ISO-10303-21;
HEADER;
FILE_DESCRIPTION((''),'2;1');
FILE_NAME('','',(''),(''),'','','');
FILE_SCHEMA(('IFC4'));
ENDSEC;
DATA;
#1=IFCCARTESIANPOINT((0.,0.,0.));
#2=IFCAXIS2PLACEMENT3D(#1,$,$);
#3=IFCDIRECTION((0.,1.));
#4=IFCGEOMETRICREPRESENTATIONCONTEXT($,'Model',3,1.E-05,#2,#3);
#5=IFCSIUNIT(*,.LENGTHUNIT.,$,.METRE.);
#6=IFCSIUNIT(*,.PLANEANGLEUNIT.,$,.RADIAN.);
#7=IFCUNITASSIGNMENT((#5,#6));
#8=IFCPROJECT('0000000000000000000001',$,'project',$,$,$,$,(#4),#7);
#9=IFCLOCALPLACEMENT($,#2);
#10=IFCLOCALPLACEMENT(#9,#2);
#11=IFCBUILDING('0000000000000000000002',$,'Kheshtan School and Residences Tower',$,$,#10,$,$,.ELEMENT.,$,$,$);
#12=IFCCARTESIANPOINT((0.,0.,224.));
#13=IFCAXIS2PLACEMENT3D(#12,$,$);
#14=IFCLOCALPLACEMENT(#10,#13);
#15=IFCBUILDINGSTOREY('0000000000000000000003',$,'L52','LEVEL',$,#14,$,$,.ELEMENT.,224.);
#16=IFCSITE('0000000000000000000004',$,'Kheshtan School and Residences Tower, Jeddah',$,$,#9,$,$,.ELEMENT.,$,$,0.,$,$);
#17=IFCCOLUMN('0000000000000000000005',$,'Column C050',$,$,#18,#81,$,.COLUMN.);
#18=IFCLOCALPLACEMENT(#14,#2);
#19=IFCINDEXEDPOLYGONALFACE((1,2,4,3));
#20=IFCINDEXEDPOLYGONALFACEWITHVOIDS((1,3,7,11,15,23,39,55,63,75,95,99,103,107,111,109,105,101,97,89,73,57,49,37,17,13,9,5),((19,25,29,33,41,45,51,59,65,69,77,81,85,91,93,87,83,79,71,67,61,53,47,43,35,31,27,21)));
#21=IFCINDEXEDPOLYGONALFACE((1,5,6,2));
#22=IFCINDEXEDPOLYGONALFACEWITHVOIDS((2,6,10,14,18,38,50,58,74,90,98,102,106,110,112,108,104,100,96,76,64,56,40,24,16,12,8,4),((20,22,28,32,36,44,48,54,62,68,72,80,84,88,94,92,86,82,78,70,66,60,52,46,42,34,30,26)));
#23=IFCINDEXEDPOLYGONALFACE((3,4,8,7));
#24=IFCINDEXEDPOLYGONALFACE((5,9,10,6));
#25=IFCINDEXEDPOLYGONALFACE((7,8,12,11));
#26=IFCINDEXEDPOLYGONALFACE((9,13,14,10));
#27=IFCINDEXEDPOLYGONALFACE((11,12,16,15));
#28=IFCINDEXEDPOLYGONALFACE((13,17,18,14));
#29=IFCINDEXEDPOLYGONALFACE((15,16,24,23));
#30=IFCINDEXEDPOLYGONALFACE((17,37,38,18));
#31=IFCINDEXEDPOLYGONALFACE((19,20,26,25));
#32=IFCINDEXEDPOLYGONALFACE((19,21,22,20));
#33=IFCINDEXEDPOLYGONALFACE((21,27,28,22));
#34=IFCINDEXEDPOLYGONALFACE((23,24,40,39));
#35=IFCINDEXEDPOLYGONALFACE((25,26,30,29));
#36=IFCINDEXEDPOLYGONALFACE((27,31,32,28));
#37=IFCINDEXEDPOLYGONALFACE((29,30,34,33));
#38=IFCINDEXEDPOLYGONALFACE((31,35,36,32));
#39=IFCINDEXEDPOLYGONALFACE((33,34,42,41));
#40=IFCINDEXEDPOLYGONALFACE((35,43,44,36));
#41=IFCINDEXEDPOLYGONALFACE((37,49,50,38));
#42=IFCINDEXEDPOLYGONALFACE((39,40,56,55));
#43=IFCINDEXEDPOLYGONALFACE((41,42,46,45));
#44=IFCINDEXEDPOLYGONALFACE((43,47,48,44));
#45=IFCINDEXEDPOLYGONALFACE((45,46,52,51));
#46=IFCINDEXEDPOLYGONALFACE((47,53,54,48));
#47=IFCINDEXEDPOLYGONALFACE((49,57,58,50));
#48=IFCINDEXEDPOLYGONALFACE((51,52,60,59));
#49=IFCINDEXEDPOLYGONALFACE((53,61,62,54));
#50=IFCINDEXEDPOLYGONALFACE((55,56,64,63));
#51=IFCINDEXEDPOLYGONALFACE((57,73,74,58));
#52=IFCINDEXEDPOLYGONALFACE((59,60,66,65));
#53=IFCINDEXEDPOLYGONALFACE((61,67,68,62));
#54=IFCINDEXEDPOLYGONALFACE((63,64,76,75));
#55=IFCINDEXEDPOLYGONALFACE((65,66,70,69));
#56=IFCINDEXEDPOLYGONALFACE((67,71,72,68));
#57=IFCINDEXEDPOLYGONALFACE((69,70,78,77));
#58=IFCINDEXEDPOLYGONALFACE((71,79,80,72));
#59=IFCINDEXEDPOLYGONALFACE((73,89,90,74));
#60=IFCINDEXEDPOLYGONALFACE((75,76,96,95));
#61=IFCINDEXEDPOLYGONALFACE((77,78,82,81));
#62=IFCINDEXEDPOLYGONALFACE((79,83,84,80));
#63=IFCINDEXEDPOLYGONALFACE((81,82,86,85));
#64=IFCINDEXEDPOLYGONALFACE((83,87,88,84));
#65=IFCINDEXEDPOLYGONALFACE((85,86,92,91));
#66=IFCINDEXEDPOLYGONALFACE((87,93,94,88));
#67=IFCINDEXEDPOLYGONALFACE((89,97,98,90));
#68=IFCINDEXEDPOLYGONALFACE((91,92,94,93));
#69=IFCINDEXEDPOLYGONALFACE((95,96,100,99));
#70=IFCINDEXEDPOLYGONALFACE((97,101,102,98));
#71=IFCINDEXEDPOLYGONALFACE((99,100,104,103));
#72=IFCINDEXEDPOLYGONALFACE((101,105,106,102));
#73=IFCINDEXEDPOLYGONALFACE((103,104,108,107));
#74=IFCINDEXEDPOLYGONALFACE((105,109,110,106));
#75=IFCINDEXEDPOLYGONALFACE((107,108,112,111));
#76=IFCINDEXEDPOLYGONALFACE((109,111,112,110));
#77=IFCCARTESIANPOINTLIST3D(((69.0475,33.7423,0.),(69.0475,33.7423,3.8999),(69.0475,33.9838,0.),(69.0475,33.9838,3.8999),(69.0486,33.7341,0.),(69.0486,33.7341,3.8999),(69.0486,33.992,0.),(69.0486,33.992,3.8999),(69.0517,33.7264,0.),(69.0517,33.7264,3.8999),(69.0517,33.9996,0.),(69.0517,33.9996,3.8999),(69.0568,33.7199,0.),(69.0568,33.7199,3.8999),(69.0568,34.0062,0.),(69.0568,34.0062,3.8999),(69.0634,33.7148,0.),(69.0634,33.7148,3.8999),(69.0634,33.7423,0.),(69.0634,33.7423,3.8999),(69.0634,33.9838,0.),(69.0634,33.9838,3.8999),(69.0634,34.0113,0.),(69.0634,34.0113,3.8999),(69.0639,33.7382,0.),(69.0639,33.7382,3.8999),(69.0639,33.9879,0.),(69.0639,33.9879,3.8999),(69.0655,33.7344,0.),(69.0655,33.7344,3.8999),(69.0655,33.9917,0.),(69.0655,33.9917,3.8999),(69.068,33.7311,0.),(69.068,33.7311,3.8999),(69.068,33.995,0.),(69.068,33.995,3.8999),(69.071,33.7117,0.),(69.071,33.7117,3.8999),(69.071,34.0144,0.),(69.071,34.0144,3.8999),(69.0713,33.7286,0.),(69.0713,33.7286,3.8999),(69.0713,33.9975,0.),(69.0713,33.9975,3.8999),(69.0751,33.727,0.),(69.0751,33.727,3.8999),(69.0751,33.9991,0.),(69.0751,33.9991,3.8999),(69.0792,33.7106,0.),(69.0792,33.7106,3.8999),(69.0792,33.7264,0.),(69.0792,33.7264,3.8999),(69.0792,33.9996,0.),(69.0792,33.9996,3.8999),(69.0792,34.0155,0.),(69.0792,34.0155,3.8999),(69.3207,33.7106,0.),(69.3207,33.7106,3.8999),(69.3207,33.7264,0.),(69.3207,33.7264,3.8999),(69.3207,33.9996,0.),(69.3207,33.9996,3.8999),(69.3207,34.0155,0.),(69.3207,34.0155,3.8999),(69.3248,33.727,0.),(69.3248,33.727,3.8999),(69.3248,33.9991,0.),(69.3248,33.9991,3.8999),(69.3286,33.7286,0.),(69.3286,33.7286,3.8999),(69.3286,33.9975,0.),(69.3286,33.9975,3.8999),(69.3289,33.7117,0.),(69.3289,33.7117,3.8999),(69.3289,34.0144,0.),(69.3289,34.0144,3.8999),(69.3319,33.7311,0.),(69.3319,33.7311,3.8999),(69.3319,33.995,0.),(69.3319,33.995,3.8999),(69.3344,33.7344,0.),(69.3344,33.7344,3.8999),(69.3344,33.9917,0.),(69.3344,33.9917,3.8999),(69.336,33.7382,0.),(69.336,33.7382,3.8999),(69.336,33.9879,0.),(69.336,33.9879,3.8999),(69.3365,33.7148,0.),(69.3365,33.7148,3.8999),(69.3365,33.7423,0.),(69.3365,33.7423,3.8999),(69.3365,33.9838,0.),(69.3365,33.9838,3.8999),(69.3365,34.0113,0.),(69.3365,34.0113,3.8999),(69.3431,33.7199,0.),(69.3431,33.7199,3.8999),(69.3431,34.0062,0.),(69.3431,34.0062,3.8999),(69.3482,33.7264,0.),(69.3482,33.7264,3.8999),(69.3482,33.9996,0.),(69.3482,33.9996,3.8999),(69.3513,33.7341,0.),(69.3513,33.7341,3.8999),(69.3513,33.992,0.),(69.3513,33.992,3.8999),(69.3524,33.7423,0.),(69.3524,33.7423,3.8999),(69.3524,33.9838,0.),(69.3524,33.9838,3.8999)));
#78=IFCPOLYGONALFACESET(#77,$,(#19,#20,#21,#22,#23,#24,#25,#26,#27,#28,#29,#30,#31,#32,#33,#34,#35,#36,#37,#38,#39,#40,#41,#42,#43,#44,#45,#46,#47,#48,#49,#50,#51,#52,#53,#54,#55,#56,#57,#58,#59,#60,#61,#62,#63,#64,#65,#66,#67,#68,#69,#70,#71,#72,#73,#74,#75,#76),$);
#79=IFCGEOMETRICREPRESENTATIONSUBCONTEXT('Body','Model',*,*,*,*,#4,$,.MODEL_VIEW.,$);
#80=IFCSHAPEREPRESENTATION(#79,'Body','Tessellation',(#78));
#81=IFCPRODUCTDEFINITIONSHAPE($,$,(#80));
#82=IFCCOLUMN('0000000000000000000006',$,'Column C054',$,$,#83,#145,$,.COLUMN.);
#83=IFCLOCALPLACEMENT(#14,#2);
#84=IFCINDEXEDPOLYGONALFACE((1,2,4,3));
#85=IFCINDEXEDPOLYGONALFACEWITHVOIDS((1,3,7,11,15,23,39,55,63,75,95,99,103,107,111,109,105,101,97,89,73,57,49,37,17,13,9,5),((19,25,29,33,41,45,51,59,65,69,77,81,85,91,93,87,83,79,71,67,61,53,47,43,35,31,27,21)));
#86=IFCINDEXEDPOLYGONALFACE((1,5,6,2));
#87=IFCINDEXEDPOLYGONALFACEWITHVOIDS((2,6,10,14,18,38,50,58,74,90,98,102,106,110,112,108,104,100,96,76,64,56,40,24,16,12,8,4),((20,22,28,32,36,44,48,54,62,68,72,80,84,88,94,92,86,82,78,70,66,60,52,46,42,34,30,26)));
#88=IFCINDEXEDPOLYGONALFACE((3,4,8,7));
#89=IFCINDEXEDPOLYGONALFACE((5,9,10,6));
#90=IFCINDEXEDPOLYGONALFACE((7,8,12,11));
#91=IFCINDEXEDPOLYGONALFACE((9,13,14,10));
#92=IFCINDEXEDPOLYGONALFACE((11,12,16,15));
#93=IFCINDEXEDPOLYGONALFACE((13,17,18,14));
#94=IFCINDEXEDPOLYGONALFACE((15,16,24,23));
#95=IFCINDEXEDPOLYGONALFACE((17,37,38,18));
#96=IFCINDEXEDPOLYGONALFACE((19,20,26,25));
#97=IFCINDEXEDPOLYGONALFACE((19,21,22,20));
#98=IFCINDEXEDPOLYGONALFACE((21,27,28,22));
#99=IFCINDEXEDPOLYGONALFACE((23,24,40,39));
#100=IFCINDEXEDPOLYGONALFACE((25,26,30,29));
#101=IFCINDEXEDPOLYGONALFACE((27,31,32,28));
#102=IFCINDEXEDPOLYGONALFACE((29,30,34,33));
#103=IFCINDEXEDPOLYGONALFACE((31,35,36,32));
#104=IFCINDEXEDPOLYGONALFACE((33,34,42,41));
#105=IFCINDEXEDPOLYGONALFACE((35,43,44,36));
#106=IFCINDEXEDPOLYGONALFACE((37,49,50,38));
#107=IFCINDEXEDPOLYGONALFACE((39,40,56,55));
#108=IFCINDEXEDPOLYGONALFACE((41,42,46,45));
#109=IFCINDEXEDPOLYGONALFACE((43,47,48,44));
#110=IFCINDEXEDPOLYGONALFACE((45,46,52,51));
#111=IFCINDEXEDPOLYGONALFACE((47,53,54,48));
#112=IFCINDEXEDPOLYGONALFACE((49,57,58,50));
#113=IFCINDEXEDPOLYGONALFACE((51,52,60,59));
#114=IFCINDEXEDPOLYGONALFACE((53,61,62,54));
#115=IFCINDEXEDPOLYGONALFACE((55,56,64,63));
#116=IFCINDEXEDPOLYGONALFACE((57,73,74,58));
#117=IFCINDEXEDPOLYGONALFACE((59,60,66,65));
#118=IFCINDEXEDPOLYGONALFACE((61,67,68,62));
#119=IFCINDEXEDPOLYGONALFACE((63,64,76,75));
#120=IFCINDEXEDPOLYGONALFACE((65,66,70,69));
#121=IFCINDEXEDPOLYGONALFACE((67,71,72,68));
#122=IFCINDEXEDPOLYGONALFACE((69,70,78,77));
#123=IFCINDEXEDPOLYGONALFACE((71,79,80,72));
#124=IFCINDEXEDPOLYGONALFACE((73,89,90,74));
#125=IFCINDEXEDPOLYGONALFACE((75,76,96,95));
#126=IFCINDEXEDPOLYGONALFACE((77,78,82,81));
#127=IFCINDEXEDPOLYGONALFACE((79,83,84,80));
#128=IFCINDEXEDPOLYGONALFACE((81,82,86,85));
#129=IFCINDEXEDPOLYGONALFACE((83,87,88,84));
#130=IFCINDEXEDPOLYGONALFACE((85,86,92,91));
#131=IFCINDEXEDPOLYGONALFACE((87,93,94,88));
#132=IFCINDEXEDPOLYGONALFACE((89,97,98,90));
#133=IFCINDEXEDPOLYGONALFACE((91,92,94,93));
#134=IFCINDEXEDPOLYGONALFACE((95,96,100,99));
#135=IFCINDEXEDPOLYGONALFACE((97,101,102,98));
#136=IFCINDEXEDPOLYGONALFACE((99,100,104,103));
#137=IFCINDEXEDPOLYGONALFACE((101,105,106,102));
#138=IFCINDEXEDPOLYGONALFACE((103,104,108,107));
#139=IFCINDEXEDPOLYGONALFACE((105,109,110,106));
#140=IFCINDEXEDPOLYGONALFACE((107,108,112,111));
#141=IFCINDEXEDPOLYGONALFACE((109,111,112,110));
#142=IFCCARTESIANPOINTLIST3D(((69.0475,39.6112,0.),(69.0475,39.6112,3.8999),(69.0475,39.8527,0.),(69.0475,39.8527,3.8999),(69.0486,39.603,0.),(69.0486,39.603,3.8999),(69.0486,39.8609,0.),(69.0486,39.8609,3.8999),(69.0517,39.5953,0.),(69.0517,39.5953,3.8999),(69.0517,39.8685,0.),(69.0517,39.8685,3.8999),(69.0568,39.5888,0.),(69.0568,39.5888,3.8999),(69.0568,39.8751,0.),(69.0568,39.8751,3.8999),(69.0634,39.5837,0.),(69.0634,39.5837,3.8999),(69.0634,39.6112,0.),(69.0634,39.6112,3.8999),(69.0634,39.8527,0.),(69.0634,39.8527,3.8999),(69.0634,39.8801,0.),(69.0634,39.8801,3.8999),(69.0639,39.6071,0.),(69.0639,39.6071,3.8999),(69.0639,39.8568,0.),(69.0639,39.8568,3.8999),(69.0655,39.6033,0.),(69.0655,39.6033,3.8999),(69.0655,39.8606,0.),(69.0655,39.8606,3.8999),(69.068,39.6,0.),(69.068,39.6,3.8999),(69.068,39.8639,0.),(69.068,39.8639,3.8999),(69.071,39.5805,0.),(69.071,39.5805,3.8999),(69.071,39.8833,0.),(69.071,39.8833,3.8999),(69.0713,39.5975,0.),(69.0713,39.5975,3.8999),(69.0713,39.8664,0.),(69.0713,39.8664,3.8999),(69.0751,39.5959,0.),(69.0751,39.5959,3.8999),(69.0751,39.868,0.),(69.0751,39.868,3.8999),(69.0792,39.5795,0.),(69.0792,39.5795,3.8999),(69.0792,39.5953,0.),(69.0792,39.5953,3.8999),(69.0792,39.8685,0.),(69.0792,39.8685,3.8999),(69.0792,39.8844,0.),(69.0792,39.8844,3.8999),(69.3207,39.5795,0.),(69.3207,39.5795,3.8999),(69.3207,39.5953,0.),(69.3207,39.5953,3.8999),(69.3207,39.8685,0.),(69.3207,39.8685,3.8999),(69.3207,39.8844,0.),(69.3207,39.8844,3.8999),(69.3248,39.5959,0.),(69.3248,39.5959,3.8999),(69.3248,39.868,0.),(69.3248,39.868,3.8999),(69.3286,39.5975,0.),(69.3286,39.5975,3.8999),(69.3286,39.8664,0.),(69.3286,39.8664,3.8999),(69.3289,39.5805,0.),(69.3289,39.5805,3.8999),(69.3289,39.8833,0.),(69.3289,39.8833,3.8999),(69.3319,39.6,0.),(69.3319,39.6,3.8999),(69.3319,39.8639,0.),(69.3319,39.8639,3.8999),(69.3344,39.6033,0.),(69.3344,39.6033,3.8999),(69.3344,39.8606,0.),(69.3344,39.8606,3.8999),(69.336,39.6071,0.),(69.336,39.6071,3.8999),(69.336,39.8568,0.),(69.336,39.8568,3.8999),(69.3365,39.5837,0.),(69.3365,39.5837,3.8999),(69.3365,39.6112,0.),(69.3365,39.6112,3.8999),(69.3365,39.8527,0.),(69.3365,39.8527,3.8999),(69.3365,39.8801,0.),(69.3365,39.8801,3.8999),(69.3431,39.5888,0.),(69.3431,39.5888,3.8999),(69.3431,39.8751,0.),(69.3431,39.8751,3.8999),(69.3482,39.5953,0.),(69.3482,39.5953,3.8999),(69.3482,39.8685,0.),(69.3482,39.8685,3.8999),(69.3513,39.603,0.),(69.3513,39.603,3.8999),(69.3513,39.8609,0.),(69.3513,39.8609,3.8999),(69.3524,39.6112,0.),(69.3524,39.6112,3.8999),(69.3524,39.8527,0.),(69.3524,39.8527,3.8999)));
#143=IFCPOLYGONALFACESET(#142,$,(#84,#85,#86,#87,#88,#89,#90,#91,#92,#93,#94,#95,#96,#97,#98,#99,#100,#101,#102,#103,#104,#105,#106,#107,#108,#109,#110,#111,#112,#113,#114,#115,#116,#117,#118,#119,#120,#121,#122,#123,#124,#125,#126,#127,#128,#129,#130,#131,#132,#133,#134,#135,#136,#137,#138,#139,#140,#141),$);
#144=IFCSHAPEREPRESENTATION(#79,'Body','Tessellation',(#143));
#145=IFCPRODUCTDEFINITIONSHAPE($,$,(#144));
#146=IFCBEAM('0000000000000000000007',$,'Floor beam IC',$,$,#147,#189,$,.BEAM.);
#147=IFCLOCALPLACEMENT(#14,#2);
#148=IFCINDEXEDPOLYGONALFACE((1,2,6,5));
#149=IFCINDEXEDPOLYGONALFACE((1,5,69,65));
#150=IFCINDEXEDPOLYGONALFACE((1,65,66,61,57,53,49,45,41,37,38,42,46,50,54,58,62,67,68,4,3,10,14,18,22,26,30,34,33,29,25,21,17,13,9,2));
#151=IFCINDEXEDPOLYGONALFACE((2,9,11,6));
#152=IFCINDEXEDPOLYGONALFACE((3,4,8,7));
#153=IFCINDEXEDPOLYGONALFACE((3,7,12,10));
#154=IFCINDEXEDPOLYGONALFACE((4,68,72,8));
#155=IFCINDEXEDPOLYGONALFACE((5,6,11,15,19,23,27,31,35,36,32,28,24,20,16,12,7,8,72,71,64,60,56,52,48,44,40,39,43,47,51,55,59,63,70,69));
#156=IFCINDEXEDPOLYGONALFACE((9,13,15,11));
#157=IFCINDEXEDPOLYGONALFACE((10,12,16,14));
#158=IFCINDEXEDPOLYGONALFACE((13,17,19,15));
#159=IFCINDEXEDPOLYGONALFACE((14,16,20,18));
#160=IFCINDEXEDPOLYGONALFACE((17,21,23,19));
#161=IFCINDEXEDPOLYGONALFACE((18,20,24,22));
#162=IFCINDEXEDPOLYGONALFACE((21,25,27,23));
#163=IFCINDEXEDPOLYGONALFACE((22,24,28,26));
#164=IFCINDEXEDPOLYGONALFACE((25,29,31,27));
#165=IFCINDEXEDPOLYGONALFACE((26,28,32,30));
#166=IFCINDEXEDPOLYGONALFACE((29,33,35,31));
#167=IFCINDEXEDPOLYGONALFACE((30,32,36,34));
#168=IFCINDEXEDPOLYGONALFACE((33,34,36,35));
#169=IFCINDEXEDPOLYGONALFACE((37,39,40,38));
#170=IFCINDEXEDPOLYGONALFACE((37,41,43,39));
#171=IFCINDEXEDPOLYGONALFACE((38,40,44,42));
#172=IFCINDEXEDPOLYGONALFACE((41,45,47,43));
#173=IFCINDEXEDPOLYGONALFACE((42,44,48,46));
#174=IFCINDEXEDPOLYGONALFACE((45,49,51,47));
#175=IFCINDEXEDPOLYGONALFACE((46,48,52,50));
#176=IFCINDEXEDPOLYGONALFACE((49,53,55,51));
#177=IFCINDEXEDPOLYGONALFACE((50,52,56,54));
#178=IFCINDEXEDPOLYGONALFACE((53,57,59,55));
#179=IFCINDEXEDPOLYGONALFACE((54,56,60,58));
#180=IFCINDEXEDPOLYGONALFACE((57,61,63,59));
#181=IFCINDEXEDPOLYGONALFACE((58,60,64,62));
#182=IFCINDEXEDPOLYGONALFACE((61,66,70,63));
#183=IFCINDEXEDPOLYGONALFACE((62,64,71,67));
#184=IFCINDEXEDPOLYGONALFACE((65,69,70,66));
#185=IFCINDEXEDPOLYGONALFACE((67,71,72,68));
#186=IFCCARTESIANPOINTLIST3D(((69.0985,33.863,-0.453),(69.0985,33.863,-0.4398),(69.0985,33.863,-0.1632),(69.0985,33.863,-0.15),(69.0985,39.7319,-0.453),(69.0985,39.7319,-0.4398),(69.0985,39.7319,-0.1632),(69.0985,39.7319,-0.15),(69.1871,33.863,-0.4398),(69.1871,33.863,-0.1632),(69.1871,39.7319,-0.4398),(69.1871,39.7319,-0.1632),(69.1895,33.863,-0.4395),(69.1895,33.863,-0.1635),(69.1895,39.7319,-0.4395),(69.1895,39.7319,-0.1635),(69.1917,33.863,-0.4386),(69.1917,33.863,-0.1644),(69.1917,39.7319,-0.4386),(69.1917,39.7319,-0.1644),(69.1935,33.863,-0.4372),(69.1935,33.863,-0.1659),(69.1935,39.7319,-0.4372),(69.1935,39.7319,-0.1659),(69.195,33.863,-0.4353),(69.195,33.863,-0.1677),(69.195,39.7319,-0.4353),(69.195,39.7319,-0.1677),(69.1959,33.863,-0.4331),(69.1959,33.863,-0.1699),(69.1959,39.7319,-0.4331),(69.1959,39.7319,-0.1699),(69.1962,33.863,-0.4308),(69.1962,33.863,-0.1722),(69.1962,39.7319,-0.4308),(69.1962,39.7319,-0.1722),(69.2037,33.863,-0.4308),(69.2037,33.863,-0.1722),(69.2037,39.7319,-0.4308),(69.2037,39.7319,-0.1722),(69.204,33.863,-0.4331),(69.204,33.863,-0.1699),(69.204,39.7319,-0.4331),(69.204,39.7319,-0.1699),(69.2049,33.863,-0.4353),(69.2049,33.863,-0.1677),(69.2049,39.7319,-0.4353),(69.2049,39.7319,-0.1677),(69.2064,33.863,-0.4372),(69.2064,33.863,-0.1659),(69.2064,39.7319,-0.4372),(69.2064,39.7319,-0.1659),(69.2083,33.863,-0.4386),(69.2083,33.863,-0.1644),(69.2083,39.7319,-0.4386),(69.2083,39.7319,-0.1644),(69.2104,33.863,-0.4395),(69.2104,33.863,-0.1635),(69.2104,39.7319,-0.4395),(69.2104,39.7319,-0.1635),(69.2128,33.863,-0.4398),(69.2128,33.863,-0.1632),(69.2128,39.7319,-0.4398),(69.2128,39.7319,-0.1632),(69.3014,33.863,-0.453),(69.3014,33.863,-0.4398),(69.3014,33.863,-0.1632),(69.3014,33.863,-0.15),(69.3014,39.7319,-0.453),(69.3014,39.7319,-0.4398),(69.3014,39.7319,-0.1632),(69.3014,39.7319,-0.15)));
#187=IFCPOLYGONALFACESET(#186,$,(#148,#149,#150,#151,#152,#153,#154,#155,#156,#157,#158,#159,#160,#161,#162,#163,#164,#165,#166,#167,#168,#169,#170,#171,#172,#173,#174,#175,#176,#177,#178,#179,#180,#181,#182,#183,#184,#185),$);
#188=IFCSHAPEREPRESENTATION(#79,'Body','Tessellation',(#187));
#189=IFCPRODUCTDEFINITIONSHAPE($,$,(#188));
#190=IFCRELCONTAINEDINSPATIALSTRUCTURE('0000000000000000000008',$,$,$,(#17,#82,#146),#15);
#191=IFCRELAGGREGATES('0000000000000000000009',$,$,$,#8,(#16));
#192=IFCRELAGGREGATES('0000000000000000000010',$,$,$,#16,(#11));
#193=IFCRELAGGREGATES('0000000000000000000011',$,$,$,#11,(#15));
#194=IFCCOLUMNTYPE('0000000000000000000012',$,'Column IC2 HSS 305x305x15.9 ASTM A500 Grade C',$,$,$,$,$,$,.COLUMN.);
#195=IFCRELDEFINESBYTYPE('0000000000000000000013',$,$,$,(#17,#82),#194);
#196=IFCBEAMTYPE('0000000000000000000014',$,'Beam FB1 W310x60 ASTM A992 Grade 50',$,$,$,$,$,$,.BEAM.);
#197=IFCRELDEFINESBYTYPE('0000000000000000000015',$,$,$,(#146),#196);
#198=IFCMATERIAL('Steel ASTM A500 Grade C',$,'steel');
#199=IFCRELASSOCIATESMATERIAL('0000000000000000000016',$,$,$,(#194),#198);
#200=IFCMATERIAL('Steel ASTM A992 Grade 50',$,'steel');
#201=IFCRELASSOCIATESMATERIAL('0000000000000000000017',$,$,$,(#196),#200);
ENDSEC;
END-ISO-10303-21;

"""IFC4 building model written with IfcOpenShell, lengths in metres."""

from ifc_helpers import new_model, si_unit, direction, frame, origin, origin_2d, place, context, subcontext, project, spatial, hollow_rectangle, i_section, extrude, material, material_profile, profile_set, type_object, element, save


model = new_model("IFC4")

# Units and contexts
model_context = context("Model", 3, precision=1e-05, world=origin(), true_north=direction((0.0, 1.0)))
body_context = subcontext(model_context, "Body", "Model", "MODEL_VIEW")
ifc_project = project(units=[si_unit("LENGTHUNIT", "METRE"), si_unit("PLANEANGLEUNIT", "RADIAN")], contexts=[model_context])

# Site, building, storey
site_placement = place(None, origin())
site = spatial("IfcSite", under=ifc_project, at=site_placement, Name="Kheshtan School and Residences Tower, Jeddah", CompositionType="ELEMENT", RefElevation=0.0)
building_placement = place(site_placement, origin())
building = spatial("IfcBuilding", under=site, at=building_placement, Name="Kheshtan School and Residences Tower", CompositionType="ELEMENT")
storey_placement = place(building_placement, frame((0.0, 0.0, 224.0)))
storey = spatial("IfcBuildingStorey", under=building, at=storey_placement, Name="L52", Description="LEVEL", CompositionType="ELEMENT", Elevation=224.0)

# Columns
ifc_material_1 = material(Name="Steel ASTM A500 Grade C", Category="steel")
ifc_material_profile_1 = material_profile(ifc_material_1, hollow_rectangle(XDim=0.3049, YDim=0.3049, WallThickness=0.0159, InnerFilletRadius=0.0159, OuterFilletRadius=0.0317, at=origin_2d()), Name="HSS 305x305x15.9")
ifc_profile_set_1 = profile_set([ifc_material_profile_1], Name="Steel ASTM A500 Grade C")
column_type = type_object("IfcColumnType", Name="Column IC2 HSS 305x305x15.9 ASTM A500 Grade C", PredefinedType="COLUMN", material=ifc_profile_set_1)
for number, where, z_axis, x_axis, name in (
    (1, (69.2, 33.863, 0.0), (0.0, 0.0, 1.0), (1.0, 0.0, 0.0), "Column C050"),
    (2, (69.2, 39.7319, 0.0), (0.0, 0.0, 1.0), (1.0, 0.0, 0.0), "Column C054"),
):
    element("IfcColumn", number, at=place(storey_placement, frame(where, z_axis=z_axis, x_axis=x_axis)), inside=storey, type_object=column_type, Name=name, PredefinedType="COLUMN", context=body_context, shape_type="SweptSolid", body=[
        extrude(hollow_rectangle(XDim=0.3049, YDim=0.3049, WallThickness=0.0159, InnerFilletRadius=0.0159, OuterFilletRadius=0.0317, at=origin_2d()), origin(), (0.0, 0.0, 1.0), 3.8999),
    ])

# Beam
ifc_material_2 = material(Name="Steel ASTM A992 Grade 50", Category="steel")
ifc_material_profile_2 = material_profile(ifc_material_2, i_section(OverallWidth=0.2029, OverallDepth=0.303, WebThickness=0.0076, FlangeThickness=0.0132, FilletRadius=0.009, at=origin_2d()), Name="W310x60")
ifc_profile_set_2 = profile_set([ifc_material_profile_2], Name="Steel ASTM A992 Grade 50")
beam_type = type_object("IfcBeamType", Name="Beam FB1 W310x60 ASTM A992 Grade 50", PredefinedType="BEAM", material=ifc_profile_set_2)
beam_placement = place(storey_placement, frame((69.2, 33.863, -0.3015), z_axis=(0.0, 1.0, 0.0), x_axis=(-1.0, 0.0, 0.0)))
element("IfcBeam", 3, at=beam_placement, inside=storey, type_object=beam_type, Name="Floor beam IC", PredefinedType="BEAM", context=body_context, shape_type="SweptSolid", body=[
    extrude(i_section(OverallWidth=0.2029, OverallDepth=0.303, WebThickness=0.0076, FlangeThickness=0.0132, FilletRadius=0.009, at=origin_2d()), origin(), (0.0, 0.0, 1.0), 5.8689),
])

save(model, "model.ifc")
